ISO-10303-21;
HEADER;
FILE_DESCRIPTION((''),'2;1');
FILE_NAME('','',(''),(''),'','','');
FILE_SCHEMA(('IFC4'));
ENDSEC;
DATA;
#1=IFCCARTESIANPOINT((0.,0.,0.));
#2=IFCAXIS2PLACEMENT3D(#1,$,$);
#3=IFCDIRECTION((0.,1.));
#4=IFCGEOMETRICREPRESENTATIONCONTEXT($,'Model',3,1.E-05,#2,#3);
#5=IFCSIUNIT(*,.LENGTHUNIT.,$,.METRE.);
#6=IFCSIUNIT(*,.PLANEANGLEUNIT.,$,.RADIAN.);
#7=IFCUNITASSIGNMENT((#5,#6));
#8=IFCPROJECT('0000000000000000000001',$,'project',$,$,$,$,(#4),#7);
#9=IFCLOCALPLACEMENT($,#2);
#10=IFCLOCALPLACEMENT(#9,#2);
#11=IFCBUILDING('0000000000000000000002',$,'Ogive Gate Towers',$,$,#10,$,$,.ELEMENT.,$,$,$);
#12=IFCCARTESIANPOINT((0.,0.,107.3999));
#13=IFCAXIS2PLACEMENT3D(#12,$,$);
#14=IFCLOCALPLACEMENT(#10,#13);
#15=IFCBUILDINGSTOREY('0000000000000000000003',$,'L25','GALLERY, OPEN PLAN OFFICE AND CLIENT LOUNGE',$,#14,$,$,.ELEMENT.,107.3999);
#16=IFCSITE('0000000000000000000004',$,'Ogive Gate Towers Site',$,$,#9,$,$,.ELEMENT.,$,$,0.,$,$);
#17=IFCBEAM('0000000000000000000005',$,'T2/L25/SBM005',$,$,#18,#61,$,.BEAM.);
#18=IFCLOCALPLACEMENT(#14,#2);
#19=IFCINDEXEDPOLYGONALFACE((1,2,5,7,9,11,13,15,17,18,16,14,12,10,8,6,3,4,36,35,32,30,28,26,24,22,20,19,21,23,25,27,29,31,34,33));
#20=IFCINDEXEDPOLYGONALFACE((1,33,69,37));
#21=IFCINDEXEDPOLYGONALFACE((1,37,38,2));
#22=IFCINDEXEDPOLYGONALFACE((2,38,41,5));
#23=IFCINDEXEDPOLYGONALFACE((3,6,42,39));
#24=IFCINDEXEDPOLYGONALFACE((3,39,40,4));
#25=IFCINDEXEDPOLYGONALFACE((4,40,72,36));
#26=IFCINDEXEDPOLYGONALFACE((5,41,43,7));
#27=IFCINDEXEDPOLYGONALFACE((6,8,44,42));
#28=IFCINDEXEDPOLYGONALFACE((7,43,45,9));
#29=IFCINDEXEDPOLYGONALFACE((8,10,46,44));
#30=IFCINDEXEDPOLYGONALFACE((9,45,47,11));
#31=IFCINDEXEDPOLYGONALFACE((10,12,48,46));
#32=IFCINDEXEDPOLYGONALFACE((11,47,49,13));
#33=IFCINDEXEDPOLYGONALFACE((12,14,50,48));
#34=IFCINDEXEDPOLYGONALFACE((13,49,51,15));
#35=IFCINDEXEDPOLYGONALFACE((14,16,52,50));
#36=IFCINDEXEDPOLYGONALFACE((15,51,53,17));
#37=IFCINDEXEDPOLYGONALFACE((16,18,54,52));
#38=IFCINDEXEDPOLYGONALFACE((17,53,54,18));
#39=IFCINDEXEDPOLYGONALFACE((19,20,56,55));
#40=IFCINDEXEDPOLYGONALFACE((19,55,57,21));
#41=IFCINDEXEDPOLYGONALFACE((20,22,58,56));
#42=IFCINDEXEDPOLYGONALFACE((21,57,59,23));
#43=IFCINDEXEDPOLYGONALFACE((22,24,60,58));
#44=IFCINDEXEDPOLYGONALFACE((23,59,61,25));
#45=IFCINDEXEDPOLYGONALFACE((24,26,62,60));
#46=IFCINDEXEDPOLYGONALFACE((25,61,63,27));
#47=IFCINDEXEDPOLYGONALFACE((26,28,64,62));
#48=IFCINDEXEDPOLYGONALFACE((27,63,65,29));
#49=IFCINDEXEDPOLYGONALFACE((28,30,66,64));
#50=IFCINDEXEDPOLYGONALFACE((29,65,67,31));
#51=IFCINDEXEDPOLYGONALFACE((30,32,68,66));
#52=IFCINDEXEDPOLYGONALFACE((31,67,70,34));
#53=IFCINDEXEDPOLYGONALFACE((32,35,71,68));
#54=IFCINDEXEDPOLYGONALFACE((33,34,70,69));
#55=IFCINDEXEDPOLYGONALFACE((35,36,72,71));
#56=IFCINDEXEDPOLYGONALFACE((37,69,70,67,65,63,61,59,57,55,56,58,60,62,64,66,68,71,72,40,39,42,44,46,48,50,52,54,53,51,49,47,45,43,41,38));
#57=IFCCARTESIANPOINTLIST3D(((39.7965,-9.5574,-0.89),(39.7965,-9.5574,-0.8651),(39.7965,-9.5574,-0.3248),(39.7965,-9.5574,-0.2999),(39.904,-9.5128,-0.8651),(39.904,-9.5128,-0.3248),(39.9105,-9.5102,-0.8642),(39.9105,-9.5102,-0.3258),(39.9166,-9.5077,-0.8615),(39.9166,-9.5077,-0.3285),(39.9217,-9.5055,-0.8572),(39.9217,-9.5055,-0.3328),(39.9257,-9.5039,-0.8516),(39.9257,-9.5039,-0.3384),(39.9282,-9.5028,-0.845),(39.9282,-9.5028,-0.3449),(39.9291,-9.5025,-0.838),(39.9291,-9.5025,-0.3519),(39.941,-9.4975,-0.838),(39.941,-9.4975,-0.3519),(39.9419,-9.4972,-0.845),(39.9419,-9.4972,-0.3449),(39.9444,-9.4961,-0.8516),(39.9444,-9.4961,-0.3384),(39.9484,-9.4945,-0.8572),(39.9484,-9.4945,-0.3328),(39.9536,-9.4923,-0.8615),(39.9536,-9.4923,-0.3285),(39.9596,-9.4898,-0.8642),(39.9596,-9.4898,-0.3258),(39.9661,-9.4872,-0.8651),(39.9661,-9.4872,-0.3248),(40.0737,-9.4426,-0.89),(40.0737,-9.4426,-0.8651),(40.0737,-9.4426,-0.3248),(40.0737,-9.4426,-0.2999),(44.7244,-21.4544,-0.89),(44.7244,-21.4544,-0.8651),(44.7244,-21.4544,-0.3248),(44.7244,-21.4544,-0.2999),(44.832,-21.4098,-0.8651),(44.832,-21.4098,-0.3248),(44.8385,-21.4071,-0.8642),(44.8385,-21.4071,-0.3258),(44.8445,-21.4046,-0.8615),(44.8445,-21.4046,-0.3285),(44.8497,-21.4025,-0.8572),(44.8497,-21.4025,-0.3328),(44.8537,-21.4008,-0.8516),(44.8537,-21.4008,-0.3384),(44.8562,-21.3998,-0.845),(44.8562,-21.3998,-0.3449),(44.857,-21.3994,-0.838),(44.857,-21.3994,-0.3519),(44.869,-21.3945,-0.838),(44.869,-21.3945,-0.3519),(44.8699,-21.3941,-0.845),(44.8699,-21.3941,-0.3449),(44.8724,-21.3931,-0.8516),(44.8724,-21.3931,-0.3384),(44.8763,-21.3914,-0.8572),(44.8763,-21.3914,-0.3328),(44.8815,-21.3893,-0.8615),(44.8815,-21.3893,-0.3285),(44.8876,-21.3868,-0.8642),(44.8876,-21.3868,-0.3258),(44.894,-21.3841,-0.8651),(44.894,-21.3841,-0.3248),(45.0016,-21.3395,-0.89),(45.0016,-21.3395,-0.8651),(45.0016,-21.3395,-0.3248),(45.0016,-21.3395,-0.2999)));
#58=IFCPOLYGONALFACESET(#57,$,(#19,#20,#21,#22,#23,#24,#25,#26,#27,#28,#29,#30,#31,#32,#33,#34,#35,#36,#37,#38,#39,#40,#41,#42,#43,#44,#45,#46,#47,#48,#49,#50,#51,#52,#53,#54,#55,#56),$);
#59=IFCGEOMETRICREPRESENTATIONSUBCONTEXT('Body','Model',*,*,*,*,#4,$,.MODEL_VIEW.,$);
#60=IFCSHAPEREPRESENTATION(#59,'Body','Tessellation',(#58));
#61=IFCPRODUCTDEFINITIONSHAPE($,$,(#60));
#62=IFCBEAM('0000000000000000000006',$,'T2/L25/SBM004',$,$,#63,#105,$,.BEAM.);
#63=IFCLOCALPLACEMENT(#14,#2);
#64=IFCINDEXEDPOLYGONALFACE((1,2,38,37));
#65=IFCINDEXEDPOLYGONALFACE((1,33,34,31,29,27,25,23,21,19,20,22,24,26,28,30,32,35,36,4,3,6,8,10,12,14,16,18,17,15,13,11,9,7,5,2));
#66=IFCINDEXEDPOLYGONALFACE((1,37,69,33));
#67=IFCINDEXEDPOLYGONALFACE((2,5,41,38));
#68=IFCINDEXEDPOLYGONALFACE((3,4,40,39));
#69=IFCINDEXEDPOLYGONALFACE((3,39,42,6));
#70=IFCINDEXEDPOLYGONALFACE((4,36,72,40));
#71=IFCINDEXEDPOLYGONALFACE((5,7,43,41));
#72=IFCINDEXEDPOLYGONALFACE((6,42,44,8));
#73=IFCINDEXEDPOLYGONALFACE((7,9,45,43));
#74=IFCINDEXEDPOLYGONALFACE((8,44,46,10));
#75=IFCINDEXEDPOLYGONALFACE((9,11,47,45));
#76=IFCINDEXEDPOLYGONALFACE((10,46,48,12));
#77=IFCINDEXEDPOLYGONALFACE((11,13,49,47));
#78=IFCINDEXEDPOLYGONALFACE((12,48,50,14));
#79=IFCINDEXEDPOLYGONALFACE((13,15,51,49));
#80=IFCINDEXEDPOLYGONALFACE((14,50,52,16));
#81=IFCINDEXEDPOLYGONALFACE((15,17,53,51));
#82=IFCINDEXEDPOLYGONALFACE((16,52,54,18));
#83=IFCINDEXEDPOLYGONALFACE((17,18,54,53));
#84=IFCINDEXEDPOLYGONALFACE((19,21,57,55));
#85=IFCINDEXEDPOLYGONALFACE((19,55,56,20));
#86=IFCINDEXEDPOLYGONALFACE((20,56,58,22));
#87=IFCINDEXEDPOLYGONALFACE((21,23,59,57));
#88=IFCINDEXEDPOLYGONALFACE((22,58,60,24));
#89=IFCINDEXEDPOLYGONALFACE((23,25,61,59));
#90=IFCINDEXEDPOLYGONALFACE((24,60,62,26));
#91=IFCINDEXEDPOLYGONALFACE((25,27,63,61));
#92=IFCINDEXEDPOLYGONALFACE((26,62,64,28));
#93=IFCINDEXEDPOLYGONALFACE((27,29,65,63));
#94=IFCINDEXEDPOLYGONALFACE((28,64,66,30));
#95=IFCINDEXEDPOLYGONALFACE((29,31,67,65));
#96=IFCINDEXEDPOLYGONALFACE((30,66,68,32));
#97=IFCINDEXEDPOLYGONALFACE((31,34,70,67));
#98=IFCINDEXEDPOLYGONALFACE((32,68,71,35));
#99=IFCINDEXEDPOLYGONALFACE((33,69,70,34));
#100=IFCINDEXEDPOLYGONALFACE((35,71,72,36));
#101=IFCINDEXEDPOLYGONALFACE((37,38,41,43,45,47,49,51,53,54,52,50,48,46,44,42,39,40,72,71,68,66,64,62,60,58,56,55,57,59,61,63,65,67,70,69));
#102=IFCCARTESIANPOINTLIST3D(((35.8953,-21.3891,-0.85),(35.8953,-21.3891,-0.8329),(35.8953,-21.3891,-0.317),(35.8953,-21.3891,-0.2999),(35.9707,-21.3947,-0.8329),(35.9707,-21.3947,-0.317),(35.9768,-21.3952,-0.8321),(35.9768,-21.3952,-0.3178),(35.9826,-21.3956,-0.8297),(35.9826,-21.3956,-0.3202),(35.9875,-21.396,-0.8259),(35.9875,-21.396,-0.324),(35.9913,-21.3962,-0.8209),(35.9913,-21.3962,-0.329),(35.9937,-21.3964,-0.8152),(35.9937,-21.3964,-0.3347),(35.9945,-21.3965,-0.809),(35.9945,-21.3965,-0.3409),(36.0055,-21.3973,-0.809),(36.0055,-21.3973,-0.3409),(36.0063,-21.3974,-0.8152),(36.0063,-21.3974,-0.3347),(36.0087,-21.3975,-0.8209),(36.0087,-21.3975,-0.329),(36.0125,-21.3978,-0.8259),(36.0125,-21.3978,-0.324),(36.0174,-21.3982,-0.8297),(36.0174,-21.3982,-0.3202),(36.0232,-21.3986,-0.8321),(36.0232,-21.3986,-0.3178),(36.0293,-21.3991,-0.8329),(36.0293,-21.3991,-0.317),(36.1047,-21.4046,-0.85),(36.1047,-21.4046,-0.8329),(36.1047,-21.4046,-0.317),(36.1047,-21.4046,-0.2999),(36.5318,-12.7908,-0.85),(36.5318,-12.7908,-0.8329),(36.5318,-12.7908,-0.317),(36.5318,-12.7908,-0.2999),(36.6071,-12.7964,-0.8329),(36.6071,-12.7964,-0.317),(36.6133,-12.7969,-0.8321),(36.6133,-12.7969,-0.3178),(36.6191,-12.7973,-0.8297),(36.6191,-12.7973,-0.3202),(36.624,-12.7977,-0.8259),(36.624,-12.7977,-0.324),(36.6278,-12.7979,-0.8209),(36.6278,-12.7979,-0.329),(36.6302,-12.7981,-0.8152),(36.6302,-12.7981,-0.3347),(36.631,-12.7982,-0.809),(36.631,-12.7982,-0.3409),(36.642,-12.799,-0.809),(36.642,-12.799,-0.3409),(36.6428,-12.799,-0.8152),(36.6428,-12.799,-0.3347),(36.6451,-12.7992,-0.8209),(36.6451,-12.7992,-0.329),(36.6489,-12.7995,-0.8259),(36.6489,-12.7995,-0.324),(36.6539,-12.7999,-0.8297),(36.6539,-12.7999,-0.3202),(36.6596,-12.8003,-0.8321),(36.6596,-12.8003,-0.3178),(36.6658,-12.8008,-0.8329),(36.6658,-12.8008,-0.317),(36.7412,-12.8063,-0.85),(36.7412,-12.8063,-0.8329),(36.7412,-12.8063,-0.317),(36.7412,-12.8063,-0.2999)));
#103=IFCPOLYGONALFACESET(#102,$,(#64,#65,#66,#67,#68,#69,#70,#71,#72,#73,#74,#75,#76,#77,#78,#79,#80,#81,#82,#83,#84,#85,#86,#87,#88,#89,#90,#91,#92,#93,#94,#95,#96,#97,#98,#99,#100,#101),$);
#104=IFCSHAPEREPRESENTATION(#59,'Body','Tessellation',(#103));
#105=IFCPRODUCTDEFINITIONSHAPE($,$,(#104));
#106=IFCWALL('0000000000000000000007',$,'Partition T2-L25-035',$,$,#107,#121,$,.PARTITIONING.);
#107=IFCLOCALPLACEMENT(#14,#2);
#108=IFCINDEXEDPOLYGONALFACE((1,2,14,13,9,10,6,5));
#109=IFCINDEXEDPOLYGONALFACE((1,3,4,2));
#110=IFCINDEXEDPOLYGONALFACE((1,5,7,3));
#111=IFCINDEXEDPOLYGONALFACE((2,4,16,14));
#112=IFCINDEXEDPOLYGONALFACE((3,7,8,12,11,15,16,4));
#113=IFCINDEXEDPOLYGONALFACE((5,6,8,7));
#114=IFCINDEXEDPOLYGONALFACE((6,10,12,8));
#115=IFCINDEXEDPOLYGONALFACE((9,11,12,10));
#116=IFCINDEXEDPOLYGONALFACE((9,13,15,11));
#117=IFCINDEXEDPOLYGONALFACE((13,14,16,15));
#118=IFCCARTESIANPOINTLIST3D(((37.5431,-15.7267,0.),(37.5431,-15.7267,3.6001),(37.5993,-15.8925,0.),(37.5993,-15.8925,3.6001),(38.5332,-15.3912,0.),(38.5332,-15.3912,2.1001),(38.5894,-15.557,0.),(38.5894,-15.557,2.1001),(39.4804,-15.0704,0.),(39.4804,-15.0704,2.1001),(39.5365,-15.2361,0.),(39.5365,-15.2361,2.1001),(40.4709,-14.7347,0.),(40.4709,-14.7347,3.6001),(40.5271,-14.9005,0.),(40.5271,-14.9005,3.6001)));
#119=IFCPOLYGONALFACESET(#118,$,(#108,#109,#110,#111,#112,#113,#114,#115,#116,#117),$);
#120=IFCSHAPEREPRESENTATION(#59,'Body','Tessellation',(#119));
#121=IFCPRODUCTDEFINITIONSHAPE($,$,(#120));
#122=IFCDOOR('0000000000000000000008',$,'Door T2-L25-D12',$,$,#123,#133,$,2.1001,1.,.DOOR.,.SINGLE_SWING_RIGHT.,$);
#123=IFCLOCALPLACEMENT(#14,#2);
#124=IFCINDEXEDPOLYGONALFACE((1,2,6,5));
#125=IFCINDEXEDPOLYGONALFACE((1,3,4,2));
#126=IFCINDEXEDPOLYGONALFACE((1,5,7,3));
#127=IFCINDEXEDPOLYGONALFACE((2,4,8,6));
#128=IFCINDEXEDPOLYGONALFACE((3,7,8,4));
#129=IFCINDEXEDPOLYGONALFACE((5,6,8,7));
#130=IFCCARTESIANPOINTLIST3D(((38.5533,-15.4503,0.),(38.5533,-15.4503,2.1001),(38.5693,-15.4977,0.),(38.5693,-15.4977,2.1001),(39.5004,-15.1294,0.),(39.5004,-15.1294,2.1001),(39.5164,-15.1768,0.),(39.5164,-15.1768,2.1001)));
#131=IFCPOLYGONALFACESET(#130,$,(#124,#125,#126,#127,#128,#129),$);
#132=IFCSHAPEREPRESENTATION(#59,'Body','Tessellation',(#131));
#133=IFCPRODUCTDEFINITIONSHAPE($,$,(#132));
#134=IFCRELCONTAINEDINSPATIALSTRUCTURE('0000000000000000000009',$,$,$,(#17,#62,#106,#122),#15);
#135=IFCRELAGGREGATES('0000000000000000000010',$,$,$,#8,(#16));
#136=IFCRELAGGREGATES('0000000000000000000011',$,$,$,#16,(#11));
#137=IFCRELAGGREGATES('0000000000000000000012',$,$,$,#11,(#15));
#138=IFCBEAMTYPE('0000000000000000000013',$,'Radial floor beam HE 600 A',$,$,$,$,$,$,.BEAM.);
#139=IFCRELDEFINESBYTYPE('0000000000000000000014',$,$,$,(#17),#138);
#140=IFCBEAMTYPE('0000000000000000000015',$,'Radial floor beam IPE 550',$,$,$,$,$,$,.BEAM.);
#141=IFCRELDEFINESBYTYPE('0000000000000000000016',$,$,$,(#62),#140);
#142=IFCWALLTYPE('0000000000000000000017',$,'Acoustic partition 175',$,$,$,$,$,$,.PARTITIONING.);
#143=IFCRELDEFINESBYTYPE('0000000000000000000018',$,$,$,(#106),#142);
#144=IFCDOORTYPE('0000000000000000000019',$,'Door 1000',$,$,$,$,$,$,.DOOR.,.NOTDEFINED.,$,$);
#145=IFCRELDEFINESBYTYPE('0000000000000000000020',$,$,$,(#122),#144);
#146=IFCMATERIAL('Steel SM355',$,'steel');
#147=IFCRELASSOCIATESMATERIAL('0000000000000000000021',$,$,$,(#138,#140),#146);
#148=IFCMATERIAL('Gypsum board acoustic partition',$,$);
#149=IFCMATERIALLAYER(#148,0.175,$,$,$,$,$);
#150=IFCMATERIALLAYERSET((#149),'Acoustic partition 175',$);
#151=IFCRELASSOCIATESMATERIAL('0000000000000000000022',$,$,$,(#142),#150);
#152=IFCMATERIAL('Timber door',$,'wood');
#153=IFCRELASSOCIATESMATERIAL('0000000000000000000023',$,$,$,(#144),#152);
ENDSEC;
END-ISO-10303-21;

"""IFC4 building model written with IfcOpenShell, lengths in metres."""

from ifc_helpers import new_model, si_unit, direction, frame, frame_2d, origin, origin_2d, place, context, subcontext, project, spatial, rectangle, i_section, extrude, material, layer, layer_set, material_profile, profile_set, type_object, element, fill, save


model = new_model("IFC4")

# Units and contexts
model_context = context("Model", 3, precision=1e-05, world=origin(), true_north=direction((0.0, 1.0)))
body_context = subcontext(model_context, "Body", "Model", "MODEL_VIEW")
ifc_project = project(units=[si_unit("LENGTHUNIT", "METRE"), si_unit("PLANEANGLEUNIT", "RADIAN")], contexts=[model_context])

# Site, building, storey
site_placement = place(None, origin())
site = spatial("IfcSite", under=ifc_project, at=site_placement, Name="Ogive Gate Towers Site", CompositionType="ELEMENT", RefElevation=0.0)
building_placement = place(site_placement, origin())
building = spatial("IfcBuilding", under=site, at=building_placement, Name="Ogive Gate Towers", CompositionType="ELEMENT")
storey_placement = place(building_placement, frame((0.0, 0.0, 107.3999)))
storey = spatial("IfcBuildingStorey", under=building, at=storey_placement, Name="L25", Description="GALLERY, OPEN PLAN OFFICE AND CLIENT LOUNGE", CompositionType="ELEMENT", Elevation=107.3999)

# Beams
ifc_material_1 = material(Name="Steel SM355", Category="steel")
ifc_material_profile_1 = material_profile(ifc_material_1, i_section(OverallWidth=0.3, OverallDepth=0.5901, WebThickness=0.0129, FlangeThickness=0.0249, FilletRadius=0.0271, at=origin_2d()), Name="HE 600 A")
ifc_profile_set_1 = profile_set([ifc_material_profile_1], Name="Steel SM355")
beam_type_1 = type_object("IfcBeamType", Name="Radial floor beam HE 600 A", PredefinedType="BEAM", material=ifc_profile_set_1)
beam_1_placement = place(storey_placement, frame((39.9351, -9.5, -0.595), z_axis=(0.382689, -0.923877, 0.0), x_axis=(0.923877, 0.382689, 0.0)))
element("IfcBeam", 1, at=beam_1_placement, inside=storey, type_object=beam_type_1, Name="T2/L25/SBM005", PredefinedType="BEAM", context=body_context, shape_type="SweptSolid", body=[
    extrude(i_section(OverallWidth=0.3, OverallDepth=0.5901, WebThickness=0.0129, FlangeThickness=0.0249, FilletRadius=0.0271, at=origin_2d()), origin(), (0.0, 0.0, 1.0), 12.8772),
])
ifc_material_profile_2 = material_profile(ifc_material_1, i_section(OverallWidth=0.21, OverallDepth=0.55, WebThickness=0.011, FlangeThickness=0.0171, FilletRadius=0.0239, at=origin_2d()), Name="IPE 550")
ifc_profile_set_2 = profile_set([ifc_material_profile_2], Name="Steel SM355")
beam_type_2 = type_object("IfcBeamType", Name="Radial floor beam IPE 550", PredefinedType="BEAM", material=ifc_profile_set_2)
beam_2_placement = place(storey_placement, frame((36.6365, -12.7986, -0.575), z_axis=(-0.073821, -0.997272, 0.0), x_axis=(0.997272, -0.073821, 0.0)))
element("IfcBeam", 2, at=beam_2_placement, inside=storey, type_object=beam_type_2, Name="T2/L25/SBM004", PredefinedType="BEAM", context=body_context, shape_type="SweptSolid", body=[
    extrude(i_section(OverallWidth=0.21, OverallDepth=0.55, WebThickness=0.011, FlangeThickness=0.0171, FilletRadius=0.0239, at=origin_2d()), origin(), (0.0, 0.0, 1.0), 8.6218),
])

# Wall, opening, door
ifc_material_2 = material(Name="Gypsum board acoustic partition")
ifc_layer_1 = layer(ifc_material_2, 0.175)
ifc_layer_set_1 = layer_set([ifc_layer_1], Name="Acoustic partition 175")
wall_type_1 = type_object("IfcWallType", Name="Acoustic partition 175", PredefinedType="PARTITIONING", material=ifc_layer_set_1)
wall_1_placement = place(storey_placement, frame((40.499, -14.8176, 0.0), z_axis=(0.0, 0.0, 1.0), x_axis=(-0.947116, -0.320892, 0.0)))
wall_1 = element("IfcWall", 3, at=wall_1_placement, inside=storey, type_object=wall_type_1, Name="Partition T2-L25-035", PredefinedType="PARTITIONING", context=body_context, shape_type="SweptSolid", body=[
    extrude(rectangle(XDim=3.0913, YDim=0.175, at=frame_2d((1.5457, 0.0))), origin(), (0.0, 0.0, 1.0), 3.6001),
])
opening_1_placement = place(wall_1_placement, frame((1.0459, 0.0, 0.0)))
opening_1 = element("IfcOpeningElement", 4, at=opening_1_placement, cuts=wall_1, PredefinedType="OPENING", context=body_context, shape_type="SweptSolid", body=[
    extrude(rectangle(XDim=1.0, YDim=2.1001, at=frame_2d((0.5, 1.05))), frame((0.0, 0.0977, 0.0), z_axis=(0.0, -1.0, 0.0), x_axis=(1.0, 0.0, 0.0)), (0.0, 0.0, 1.0), 0.1951),
])
ifc_material_3 = material(Name="Timber door", Category="wood")
door_type_1 = type_object("IfcDoorType", Name="Door 1000", OperationType="NOTDEFINED", PredefinedType="DOOR", material=ifc_material_3)
door_1_placement = place(opening_1_placement, origin())
door_1 = element("IfcDoor", 5, at=door_1_placement, inside=storey, type_object=door_type_1, Name="Door T2-L25-D12", OperationType="SINGLE_SWING_RIGHT", OverallHeight=2.1001, OverallWidth=1.0, PredefinedType="DOOR", context=body_context, shape_type="SweptSolid", body=[
    extrude(rectangle(XDim=1.0, YDim=2.1001, at=frame_2d((0.5, 1.05))), frame((0.0, 0.0249, 0.0), z_axis=(0.0, -1.0, 0.0), x_axis=(1.0, 0.0, 0.0)), (0.0, 0.0, 1.0), 0.05),
])
fill(opening_1, door_1)

save(model, "model.ifc")
